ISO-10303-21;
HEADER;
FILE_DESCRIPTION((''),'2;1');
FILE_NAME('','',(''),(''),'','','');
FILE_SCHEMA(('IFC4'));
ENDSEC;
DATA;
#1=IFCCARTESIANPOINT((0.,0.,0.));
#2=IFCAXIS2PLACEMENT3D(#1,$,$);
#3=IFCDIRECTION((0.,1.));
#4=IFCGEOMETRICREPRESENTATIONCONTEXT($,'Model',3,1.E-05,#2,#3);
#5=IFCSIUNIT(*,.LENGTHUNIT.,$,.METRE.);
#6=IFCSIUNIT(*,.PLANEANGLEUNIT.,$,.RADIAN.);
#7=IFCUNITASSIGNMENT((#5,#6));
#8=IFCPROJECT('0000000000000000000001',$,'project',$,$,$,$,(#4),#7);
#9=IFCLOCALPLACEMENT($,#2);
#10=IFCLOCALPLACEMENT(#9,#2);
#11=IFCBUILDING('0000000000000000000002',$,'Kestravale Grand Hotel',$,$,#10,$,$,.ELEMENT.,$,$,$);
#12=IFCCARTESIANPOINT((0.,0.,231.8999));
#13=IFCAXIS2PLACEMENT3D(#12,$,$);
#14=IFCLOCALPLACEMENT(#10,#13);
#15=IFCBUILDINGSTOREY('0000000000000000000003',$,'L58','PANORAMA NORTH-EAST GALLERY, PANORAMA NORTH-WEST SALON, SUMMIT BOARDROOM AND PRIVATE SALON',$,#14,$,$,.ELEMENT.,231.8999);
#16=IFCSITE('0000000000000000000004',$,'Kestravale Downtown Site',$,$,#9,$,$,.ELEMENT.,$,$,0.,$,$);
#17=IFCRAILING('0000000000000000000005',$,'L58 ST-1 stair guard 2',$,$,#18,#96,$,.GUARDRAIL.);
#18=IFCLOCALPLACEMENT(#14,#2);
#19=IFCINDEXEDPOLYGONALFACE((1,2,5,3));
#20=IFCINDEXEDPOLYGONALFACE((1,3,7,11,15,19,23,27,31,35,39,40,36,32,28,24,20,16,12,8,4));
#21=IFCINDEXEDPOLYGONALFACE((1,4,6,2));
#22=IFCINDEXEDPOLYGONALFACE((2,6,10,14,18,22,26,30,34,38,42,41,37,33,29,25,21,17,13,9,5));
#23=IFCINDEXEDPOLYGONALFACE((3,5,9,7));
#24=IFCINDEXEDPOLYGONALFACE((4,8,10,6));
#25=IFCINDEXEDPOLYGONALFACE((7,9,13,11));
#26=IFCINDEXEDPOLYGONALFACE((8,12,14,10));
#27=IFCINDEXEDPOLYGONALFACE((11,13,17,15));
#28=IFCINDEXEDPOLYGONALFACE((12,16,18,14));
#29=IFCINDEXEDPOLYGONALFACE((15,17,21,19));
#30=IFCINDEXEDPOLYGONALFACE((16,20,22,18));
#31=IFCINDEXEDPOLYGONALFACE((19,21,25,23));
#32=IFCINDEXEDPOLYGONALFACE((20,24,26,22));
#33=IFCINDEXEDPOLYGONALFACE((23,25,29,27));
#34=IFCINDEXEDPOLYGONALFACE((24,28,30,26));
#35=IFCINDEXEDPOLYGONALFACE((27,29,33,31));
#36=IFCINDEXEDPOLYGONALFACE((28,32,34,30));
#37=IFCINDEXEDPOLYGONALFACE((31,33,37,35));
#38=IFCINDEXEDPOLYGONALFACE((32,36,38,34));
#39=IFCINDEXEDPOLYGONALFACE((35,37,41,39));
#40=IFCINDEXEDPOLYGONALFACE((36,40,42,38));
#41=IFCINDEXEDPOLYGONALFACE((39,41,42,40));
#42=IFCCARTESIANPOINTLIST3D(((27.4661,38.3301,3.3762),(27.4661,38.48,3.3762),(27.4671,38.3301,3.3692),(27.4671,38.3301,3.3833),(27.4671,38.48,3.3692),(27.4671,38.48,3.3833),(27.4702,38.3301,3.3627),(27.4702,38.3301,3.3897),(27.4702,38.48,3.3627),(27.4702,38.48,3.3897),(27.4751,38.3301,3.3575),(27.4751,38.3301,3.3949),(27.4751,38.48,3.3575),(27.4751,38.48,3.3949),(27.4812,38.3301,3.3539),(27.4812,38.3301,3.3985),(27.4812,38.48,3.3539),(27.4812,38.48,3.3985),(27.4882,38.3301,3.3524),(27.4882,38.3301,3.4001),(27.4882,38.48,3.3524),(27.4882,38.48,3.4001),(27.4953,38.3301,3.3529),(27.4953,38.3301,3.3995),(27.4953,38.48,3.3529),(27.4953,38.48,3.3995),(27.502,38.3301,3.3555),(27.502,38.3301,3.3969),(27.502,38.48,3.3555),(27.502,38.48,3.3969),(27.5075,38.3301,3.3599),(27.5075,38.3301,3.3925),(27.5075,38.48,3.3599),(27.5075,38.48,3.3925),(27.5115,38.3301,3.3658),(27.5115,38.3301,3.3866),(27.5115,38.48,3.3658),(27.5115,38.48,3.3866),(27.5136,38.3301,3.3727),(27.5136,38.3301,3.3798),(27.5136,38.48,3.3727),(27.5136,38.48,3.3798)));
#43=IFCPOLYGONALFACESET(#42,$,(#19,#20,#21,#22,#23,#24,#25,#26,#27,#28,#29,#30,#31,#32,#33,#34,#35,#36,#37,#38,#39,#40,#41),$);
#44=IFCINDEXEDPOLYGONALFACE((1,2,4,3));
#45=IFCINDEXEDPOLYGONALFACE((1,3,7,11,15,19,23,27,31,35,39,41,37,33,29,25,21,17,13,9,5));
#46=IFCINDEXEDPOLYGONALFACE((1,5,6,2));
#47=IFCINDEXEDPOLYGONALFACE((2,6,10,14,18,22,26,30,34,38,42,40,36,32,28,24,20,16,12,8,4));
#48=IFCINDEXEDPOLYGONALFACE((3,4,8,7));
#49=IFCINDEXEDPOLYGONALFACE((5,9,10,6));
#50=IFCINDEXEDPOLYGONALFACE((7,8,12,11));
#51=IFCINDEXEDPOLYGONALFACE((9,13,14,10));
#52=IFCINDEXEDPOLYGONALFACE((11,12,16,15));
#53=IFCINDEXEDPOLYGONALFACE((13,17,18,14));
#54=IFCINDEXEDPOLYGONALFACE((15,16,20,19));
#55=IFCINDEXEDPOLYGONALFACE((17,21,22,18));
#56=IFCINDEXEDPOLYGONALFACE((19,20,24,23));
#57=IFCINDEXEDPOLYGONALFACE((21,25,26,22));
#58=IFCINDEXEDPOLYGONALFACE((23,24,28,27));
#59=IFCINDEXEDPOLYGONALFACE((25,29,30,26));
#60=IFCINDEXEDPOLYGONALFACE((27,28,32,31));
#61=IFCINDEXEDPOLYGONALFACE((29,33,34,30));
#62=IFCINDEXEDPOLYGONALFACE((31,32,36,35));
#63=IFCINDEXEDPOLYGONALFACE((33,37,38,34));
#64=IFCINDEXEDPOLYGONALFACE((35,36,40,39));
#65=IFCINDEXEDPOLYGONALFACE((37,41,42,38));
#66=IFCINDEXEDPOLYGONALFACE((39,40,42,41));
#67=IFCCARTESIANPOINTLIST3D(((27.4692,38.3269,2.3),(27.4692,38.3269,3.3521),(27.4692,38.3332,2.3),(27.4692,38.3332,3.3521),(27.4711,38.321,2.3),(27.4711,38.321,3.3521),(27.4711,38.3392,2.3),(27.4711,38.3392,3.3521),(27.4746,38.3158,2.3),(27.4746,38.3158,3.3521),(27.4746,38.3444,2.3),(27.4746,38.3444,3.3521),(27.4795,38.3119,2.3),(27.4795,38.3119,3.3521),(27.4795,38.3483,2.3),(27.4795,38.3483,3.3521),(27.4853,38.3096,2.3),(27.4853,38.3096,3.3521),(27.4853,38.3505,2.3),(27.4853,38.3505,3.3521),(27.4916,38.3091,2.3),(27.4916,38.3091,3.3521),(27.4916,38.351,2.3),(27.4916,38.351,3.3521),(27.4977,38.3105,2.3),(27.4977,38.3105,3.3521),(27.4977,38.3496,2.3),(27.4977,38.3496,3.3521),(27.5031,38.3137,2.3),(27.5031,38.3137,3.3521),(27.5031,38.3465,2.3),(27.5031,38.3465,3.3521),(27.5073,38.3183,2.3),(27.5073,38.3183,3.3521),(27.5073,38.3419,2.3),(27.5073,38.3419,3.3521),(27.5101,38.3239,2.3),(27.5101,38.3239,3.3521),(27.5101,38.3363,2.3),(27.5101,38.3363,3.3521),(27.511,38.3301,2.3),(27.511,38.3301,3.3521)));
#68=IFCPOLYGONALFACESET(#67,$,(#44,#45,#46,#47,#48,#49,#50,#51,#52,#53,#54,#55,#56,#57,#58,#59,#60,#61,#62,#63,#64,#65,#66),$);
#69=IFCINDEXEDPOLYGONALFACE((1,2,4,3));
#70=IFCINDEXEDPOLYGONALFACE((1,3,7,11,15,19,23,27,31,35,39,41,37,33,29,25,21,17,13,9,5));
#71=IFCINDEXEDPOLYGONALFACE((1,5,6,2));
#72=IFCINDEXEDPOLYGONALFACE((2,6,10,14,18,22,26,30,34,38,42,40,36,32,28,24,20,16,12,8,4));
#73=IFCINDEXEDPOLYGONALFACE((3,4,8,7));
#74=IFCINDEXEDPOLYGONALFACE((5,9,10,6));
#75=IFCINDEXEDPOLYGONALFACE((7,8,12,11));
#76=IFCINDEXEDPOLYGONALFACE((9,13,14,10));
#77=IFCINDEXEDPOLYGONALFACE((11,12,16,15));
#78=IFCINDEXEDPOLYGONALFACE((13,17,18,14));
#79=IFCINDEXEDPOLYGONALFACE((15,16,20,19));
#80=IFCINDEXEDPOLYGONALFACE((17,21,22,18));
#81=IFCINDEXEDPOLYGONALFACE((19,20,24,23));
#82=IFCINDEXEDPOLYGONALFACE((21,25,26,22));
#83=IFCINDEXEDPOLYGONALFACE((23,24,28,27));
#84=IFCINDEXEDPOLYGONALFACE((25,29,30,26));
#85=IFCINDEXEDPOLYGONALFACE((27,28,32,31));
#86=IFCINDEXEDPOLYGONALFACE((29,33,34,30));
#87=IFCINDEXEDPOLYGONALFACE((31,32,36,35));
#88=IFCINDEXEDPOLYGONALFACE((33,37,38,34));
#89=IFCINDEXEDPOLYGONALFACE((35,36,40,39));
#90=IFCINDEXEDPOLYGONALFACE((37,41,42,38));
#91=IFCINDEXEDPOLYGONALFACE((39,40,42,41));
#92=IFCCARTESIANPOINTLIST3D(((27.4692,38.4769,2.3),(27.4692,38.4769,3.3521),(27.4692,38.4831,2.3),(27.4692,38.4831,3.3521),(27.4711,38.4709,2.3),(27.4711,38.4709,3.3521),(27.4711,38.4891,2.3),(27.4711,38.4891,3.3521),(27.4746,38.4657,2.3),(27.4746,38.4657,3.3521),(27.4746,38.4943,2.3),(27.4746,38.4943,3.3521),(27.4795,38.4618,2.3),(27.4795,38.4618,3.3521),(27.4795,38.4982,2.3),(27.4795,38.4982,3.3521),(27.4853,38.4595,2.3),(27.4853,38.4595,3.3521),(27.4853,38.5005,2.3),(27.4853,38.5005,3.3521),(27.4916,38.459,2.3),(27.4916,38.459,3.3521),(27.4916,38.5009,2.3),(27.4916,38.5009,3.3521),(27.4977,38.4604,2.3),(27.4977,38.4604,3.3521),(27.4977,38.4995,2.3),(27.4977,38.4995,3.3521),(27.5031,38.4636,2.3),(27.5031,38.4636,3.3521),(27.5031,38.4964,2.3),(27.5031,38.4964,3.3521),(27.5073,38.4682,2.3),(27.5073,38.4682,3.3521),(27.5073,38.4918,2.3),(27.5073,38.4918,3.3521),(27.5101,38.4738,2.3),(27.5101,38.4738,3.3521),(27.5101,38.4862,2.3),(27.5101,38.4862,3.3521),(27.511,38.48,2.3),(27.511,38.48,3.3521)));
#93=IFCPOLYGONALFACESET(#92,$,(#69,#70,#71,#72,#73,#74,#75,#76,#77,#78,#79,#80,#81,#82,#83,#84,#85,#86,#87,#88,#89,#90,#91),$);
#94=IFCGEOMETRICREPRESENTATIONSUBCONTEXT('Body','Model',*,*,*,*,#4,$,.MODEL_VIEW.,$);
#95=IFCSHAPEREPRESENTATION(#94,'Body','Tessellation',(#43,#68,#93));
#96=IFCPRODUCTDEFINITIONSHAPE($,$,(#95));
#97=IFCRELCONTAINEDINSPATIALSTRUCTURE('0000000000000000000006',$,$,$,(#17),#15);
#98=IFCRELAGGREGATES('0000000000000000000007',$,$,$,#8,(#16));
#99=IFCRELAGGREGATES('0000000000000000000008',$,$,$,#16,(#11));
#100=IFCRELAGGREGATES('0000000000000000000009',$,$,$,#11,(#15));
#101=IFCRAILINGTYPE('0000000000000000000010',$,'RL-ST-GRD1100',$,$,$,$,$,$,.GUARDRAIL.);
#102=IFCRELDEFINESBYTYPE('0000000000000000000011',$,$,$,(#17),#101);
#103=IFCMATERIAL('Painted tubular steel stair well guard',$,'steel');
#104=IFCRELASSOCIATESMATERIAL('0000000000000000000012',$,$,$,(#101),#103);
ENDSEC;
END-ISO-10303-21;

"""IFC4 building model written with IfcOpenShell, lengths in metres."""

from ifc_helpers import new_model, si_unit, direction, frame, origin, origin_2d, place, context, subcontext, project, spatial, circle, extrude, material, type_object, element, save


model = new_model("IFC4")

# Units and contexts
model_context = context("Model", 3, precision=1e-05, world=origin(), true_north=direction((0.0, 1.0)))
body_context = subcontext(model_context, "Body", "Model", "MODEL_VIEW")
ifc_project = project(units=[si_unit("LENGTHUNIT", "METRE"), si_unit("PLANEANGLEUNIT", "RADIAN")], contexts=[model_context])

# Site, building, storey
site_placement = place(None, origin())
site = spatial("IfcSite", under=ifc_project, at=site_placement, Name="Kestravale Downtown Site", CompositionType="ELEMENT", RefElevation=0.0)
building_placement = place(site_placement, origin())
building = spatial("IfcBuilding", under=site, at=building_placement, Name="Kestravale Grand Hotel", CompositionType="ELEMENT")
storey_placement = place(building_placement, frame((0.0, 0.0, 231.8999)))
storey = spatial("IfcBuildingStorey", under=building, at=storey_placement, Name="L58", Description="PANORAMA NORTH-EAST GALLERY, PANORAMA NORTH-WEST SALON, SUMMIT BOARDROOM AND PRIVATE SALON", CompositionType="ELEMENT", Elevation=231.8999)

# Railing
ifc_material_1 = material(Name="Painted tubular steel stair well guard", Category="steel")
railing_type_1 = type_object("IfcRailingType", Name="RL-ST-GRD1100", PredefinedType="GUARDRAIL", material=ifc_material_1)
railing_1_placement = place(storey_placement, frame((27.49, 38.3301, 2.3)))
element("IfcRailing", 1, at=railing_1_placement, inside=storey, type_object=railing_type_1, Name="L58 ST-1 stair guard 2", PredefinedType="GUARDRAIL", context=body_context, shape_type="SweptSolid", body=[
    extrude(circle(Radius=0.0239, at=origin_2d()), frame((0.0, 0.0, 1.0762), z_axis=(0.0, 1.0, 0.0), x_axis=(-1.0, 0.0, 0.0)), (0.0, 0.0, 1.0), 0.1499),
    extrude(circle(Radius=0.021, at=origin_2d()), origin(), (0.0, 0.0, 1.0), 1.052),
    extrude(circle(Radius=0.021, at=origin_2d()), frame((0.0, 0.1499, 0.0)), (0.0, 0.0, 1.0), 1.052),
])

save(model, "model.ifc")
